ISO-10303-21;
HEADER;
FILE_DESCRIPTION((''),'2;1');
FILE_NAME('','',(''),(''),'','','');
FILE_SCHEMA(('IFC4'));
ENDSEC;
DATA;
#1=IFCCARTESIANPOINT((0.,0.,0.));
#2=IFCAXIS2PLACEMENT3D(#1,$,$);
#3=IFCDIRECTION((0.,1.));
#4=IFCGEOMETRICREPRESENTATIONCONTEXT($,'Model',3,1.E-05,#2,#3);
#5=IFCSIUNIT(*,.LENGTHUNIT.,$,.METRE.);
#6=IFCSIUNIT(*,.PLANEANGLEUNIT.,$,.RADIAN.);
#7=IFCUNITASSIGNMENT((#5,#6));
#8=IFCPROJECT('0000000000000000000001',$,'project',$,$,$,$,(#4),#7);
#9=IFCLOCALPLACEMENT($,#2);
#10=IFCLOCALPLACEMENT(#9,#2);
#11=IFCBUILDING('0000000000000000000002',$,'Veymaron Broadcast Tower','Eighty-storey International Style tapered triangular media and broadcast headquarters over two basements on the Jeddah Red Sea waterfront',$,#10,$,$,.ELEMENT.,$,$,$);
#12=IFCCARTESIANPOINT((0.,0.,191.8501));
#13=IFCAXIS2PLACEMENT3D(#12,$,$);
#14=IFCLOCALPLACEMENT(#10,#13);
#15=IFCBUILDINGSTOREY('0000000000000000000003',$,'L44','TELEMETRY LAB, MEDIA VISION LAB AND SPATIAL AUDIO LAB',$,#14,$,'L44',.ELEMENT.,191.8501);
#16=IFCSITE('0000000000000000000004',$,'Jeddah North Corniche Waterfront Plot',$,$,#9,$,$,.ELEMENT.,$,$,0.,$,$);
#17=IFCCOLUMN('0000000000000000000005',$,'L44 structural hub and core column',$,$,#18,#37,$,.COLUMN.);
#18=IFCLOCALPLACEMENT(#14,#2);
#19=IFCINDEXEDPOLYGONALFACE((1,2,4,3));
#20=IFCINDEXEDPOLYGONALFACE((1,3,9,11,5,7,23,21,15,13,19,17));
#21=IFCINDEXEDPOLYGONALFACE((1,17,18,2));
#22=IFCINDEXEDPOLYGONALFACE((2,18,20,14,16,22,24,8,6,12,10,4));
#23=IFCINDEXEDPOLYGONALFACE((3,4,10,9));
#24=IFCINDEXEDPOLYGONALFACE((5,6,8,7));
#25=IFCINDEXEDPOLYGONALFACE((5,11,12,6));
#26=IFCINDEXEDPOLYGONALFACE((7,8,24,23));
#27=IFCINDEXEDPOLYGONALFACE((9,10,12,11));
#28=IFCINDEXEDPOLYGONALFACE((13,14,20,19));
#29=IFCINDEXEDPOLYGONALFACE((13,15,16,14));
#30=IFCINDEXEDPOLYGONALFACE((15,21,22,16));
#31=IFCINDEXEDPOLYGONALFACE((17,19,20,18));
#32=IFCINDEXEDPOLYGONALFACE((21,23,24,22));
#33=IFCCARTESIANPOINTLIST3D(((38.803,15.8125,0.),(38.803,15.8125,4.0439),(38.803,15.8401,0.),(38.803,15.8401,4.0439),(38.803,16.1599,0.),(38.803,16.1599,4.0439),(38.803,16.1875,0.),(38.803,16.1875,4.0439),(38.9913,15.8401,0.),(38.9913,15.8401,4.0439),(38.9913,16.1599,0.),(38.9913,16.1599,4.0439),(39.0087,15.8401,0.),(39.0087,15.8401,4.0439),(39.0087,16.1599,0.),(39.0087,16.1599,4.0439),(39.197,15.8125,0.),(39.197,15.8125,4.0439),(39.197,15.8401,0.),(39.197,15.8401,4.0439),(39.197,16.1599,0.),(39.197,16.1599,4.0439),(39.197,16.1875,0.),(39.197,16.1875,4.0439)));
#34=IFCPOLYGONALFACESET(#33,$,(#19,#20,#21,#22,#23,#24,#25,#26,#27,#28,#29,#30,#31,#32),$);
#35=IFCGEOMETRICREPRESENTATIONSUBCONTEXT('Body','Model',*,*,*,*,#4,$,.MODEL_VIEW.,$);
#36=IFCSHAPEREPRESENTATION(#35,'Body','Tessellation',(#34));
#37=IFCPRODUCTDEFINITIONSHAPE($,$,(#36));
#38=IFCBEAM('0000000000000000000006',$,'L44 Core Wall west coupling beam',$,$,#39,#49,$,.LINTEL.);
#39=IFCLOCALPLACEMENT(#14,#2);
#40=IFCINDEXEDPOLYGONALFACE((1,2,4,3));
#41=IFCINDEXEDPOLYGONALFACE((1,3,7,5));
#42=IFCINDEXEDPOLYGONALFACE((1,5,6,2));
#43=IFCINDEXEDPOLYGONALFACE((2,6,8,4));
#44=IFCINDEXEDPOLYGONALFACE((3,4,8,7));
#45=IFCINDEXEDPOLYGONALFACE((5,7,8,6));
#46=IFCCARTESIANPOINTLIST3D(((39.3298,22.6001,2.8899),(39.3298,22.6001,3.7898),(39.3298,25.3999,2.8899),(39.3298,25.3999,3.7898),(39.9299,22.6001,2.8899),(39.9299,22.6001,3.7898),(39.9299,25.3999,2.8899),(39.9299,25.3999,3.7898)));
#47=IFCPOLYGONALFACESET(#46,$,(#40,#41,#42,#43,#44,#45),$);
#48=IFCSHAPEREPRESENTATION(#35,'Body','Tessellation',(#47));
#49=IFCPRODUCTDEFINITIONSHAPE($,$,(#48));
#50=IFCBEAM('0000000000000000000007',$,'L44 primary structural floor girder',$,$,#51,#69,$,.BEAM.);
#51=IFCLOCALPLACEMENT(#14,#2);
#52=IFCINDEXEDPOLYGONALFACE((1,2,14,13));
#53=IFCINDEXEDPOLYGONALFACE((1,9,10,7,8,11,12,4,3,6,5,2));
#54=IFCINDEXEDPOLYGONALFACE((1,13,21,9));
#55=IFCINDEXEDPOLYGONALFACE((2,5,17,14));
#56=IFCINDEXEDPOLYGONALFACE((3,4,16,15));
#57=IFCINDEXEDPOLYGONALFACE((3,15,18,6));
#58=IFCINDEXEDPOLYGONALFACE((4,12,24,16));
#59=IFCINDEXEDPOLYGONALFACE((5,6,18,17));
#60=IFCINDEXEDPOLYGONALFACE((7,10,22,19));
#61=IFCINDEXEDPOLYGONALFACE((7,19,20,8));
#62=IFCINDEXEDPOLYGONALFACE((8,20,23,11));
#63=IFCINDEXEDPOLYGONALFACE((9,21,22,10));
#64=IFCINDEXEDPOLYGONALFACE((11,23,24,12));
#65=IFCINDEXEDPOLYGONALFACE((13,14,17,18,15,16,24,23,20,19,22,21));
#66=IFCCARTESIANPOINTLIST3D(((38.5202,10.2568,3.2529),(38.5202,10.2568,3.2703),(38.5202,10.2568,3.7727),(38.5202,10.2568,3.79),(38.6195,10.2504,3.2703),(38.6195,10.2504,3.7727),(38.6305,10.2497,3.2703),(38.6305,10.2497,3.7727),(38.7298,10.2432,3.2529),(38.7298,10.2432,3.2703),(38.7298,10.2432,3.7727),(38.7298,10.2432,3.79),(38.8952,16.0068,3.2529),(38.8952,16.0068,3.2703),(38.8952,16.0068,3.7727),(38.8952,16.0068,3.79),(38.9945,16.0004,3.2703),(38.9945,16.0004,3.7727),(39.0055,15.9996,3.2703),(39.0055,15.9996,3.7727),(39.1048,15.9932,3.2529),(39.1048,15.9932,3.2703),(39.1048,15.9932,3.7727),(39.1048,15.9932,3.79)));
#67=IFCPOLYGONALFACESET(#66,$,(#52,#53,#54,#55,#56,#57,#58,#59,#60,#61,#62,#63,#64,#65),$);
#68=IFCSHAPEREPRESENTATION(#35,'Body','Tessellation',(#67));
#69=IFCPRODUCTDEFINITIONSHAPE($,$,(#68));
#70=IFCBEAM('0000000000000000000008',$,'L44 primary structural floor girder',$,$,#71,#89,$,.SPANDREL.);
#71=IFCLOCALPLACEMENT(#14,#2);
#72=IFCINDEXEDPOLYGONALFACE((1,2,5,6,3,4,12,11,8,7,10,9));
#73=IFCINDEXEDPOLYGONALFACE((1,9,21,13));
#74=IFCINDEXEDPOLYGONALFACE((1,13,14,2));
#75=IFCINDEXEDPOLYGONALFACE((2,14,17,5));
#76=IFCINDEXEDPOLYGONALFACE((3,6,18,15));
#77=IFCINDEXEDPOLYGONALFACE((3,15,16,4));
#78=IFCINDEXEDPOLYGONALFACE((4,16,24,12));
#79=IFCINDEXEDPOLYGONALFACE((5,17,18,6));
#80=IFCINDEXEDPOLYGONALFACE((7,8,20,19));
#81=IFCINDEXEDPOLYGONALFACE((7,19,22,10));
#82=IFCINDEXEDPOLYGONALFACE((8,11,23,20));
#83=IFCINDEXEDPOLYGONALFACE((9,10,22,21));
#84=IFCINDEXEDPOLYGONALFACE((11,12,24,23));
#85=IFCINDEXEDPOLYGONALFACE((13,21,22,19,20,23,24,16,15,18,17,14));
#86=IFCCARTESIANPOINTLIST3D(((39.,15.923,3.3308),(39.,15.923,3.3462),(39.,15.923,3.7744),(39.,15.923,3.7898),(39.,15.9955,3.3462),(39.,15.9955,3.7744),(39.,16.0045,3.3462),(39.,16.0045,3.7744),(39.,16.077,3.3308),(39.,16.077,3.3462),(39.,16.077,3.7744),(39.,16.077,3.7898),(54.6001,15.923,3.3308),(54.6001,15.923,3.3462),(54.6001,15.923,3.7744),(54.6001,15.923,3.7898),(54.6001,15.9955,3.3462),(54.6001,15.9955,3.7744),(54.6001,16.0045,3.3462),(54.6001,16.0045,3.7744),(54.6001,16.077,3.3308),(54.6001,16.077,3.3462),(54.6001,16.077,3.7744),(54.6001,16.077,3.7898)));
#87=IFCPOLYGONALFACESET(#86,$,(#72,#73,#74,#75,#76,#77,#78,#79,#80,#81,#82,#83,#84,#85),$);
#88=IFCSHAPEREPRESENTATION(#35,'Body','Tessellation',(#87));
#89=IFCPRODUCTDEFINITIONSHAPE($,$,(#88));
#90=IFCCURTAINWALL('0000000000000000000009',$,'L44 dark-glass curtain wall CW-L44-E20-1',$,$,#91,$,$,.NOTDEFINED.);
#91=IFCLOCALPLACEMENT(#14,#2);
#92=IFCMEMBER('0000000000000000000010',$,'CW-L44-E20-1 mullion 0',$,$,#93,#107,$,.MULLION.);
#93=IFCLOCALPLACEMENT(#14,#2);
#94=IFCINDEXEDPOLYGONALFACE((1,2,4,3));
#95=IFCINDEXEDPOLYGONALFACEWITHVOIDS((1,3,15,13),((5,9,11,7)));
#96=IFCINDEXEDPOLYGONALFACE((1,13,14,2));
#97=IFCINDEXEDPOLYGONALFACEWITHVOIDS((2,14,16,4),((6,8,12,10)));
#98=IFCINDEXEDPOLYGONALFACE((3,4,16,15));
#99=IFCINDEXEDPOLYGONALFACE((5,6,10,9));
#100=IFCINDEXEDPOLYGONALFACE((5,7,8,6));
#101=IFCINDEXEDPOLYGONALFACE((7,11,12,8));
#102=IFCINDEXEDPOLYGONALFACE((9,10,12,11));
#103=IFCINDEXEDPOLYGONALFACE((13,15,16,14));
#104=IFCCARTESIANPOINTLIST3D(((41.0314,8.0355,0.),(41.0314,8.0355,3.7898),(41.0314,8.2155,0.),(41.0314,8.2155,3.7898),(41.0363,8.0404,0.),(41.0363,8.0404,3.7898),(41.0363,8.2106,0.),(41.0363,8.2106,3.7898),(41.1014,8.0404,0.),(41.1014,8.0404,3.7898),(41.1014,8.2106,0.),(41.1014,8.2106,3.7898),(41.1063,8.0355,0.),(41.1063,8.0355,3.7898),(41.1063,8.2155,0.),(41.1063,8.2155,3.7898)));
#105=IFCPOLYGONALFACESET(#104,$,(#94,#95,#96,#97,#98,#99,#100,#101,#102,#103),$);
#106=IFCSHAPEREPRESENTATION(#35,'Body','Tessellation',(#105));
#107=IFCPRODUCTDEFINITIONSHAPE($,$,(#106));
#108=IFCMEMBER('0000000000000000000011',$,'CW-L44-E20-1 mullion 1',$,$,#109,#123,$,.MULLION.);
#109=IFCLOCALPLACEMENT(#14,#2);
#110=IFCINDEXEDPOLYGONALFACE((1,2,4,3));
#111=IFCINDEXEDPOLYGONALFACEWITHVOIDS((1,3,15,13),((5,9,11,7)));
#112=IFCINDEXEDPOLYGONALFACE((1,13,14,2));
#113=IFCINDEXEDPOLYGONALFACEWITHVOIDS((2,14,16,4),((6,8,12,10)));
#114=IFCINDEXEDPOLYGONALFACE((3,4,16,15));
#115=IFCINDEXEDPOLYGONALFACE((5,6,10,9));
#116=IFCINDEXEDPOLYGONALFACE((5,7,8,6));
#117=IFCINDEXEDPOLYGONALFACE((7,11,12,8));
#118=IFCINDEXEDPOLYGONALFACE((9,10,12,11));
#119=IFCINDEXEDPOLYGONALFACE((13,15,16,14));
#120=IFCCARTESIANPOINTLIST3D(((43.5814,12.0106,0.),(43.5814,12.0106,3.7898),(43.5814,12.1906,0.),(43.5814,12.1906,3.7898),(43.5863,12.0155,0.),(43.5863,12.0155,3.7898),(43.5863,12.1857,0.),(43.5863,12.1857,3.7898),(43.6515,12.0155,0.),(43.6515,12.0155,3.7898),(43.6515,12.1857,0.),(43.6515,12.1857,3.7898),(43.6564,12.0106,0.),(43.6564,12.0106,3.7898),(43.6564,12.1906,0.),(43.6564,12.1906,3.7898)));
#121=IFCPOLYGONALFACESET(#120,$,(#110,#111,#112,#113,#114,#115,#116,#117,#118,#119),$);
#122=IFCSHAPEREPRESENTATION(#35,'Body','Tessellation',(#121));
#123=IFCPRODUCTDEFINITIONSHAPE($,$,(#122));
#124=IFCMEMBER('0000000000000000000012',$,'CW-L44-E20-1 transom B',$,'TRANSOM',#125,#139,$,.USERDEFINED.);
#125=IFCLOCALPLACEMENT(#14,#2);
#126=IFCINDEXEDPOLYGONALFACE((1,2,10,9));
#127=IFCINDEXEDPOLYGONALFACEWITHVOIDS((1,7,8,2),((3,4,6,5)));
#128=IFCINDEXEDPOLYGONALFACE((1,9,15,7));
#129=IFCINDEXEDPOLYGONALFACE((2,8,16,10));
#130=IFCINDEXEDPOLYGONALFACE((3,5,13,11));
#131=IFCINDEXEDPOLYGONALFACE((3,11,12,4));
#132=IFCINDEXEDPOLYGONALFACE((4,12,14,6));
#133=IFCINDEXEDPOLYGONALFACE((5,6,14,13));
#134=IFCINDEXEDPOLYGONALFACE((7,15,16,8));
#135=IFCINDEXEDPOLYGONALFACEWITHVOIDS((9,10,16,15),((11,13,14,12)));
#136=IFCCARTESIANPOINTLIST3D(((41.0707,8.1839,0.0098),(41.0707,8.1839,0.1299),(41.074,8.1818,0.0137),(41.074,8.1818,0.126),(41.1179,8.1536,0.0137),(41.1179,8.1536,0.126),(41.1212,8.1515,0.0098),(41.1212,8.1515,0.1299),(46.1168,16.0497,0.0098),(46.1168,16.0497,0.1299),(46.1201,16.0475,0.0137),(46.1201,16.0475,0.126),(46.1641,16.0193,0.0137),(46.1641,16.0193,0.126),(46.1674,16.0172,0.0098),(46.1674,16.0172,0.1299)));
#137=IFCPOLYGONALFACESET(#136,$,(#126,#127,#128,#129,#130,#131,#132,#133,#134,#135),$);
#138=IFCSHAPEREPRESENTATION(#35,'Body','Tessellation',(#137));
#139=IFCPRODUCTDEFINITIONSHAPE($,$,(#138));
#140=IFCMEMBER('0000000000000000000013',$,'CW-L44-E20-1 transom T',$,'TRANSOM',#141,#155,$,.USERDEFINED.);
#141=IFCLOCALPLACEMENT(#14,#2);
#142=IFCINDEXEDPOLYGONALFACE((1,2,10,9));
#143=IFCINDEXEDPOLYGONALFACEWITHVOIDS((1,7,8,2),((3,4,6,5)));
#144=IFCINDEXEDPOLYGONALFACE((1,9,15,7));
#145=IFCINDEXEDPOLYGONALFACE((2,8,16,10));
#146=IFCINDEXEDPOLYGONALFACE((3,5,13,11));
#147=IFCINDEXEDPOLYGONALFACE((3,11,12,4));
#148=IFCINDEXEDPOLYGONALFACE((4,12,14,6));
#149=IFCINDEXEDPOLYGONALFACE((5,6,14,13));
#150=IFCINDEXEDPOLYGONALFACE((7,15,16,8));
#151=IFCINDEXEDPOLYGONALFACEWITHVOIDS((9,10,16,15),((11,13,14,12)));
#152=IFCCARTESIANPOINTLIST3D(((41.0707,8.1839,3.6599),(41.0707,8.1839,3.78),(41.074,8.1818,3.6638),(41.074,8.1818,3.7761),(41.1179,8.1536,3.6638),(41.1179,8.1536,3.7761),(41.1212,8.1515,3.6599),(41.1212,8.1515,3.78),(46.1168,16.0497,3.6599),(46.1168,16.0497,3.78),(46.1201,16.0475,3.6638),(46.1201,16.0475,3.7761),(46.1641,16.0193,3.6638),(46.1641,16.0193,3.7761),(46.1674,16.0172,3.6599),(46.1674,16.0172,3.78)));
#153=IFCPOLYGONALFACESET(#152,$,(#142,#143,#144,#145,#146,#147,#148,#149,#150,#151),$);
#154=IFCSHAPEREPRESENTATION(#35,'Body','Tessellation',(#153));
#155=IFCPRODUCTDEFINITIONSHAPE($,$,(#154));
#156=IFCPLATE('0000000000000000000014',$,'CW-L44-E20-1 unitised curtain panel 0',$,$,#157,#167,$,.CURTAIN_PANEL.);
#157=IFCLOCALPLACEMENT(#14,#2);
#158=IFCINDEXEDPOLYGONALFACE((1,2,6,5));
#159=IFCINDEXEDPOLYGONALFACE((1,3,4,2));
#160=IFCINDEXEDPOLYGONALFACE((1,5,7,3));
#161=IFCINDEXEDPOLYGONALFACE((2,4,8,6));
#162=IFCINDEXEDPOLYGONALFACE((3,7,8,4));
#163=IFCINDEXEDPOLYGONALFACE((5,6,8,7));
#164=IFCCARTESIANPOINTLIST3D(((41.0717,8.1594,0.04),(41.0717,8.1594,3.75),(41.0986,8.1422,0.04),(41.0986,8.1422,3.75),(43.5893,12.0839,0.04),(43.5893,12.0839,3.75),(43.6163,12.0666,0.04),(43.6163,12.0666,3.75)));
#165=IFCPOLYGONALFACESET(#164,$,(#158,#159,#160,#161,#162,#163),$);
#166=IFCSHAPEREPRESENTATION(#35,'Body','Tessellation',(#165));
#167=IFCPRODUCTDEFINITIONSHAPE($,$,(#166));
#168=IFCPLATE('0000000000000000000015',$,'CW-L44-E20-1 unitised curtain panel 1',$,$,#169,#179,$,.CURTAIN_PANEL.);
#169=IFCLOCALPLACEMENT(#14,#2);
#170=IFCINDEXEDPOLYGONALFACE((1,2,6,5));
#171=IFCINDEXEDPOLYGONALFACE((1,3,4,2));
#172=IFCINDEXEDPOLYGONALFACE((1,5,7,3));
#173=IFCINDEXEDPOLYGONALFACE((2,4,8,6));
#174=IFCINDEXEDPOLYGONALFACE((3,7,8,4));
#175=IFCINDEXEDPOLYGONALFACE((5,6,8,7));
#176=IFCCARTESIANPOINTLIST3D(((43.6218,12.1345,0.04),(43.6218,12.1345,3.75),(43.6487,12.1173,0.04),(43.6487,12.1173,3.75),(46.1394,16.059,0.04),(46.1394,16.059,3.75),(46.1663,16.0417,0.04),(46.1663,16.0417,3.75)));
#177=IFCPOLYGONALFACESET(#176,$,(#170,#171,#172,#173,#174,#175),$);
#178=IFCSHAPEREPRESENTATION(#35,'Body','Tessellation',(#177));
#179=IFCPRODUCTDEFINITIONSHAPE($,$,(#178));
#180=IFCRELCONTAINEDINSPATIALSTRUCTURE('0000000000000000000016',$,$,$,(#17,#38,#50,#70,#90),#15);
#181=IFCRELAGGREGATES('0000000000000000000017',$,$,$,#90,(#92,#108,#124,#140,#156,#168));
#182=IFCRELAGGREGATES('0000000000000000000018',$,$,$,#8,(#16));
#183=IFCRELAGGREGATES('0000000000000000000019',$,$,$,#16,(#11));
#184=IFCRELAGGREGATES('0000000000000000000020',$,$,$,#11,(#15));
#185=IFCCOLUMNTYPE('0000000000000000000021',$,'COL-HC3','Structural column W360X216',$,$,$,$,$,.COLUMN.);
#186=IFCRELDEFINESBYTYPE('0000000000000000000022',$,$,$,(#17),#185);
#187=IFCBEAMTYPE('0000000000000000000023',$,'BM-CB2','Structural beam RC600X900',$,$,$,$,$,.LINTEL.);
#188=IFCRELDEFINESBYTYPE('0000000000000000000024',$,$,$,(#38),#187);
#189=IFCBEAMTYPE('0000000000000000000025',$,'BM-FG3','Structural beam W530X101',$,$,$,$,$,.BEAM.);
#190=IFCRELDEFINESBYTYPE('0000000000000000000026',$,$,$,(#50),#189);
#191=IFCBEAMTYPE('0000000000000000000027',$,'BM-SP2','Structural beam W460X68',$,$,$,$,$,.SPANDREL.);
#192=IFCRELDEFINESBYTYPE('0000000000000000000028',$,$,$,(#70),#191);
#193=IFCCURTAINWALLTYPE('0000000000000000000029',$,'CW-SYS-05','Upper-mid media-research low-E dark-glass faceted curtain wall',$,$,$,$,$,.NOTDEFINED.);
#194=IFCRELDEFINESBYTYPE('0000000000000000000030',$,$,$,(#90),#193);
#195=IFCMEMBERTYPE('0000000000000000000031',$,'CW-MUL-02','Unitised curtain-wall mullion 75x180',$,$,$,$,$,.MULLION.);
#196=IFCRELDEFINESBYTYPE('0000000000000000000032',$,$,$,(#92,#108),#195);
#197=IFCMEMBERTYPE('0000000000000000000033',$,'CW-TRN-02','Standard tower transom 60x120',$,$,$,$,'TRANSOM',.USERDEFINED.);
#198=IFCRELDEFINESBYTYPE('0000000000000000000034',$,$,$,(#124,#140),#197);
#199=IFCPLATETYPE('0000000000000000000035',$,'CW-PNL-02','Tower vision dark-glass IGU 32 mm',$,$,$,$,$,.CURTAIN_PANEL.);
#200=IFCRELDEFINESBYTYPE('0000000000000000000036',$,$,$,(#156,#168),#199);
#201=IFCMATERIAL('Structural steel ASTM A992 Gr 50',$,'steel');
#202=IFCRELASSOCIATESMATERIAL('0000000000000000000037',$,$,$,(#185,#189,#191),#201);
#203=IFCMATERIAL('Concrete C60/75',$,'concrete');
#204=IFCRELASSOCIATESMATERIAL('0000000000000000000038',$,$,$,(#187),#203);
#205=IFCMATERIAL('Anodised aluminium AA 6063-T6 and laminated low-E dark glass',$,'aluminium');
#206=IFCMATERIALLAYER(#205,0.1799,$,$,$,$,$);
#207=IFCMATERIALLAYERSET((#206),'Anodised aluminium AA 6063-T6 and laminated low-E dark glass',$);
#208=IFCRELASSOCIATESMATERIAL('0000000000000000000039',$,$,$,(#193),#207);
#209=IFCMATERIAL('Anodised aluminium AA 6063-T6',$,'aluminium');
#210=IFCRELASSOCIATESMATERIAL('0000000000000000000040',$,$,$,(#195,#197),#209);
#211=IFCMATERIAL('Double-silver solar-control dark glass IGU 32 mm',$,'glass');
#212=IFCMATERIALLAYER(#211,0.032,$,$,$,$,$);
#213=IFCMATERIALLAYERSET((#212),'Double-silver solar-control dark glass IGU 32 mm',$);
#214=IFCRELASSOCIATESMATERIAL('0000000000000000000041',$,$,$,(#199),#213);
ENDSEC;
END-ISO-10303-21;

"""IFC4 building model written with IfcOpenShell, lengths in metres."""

from ifc_helpers import new_model, si_unit, direction, frame, origin, origin_2d, place, context, subcontext, project, spatial, rectangle, hollow_rectangle, i_section, extrude, material, layer, layer_set, material_profile, profile_set, type_object, element, aggregate, save


model = new_model("IFC4")

# Units and contexts
model_context = context("Model", 3, precision=1e-05, world=origin(), true_north=direction((0.0, 1.0)))
body_context = subcontext(model_context, "Body", "Model", "MODEL_VIEW")
ifc_project = project(units=[si_unit("LENGTHUNIT", "METRE"), si_unit("PLANEANGLEUNIT", "RADIAN")], contexts=[model_context])

# Site, building, storey
site_placement = place(None, origin())
site = spatial("IfcSite", under=ifc_project, at=site_placement, Name="Jeddah North Corniche Waterfront Plot", CompositionType="ELEMENT", RefElevation=0.0)
building_placement = place(site_placement, origin())
building = spatial("IfcBuilding", under=site, at=building_placement, Name="Veymaron Broadcast Tower", Description="Eighty-storey International Style tapered triangular media and broadcast headquarters over two basements on the Jeddah Red Sea waterfront", CompositionType="ELEMENT")
storey_placement = place(building_placement, frame((0.0, 0.0, 191.8501)))
storey = spatial("IfcBuildingStorey", under=building, at=storey_placement, Name="L44", Description="TELEMETRY LAB, MEDIA VISION LAB AND SPATIAL AUDIO LAB", LongName="L44", CompositionType="ELEMENT", Elevation=191.8501)

# Column
ifc_material_1 = material(Name="Structural steel ASTM A992 Gr 50", Category="steel")
ifc_material_profile_1 = material_profile(ifc_material_1, i_section(OverallWidth=0.394, OverallDepth=0.375, WebThickness=0.0173, FlangeThickness=0.0276, at=origin_2d()), Name="W360X216")
ifc_profile_set_1 = profile_set([ifc_material_profile_1], Name="Structural steel ASTM A992 Gr 50")
column_type = type_object("IfcColumnType", Name="COL-HC3", Description="Structural column W360X216", PredefinedType="COLUMN", material=ifc_profile_set_1)
column_placement = place(storey_placement, frame((39.0, 16.0, 0.0), z_axis=(0.0, 0.0, 1.0), x_axis=(1.0, 0.0, 0.0)))
element("IfcColumn", 1, at=column_placement, inside=storey, type_object=column_type, Name="L44 structural hub and core column", PredefinedType="COLUMN", context=body_context, shape_type="SweptSolid", body=[
    extrude(i_section(OverallWidth=0.394, OverallDepth=0.375, WebThickness=0.0173, FlangeThickness=0.0276, at=origin_2d()), origin(), (0.0, 0.0, 1.0), 4.0439),
])

# Beams
ifc_material_2 = material(Name="Concrete C60/75", Category="concrete")
ifc_material_profile_2 = material_profile(ifc_material_2, rectangle(XDim=0.6001, YDim=0.8999, at=origin_2d()), Name="RC600X900")
ifc_profile_set_2 = profile_set([ifc_material_profile_2], Name="Concrete C60/75")
beam_type_1 = type_object("IfcBeamType", Name="BM-CB2", Description="Structural beam RC600X900", PredefinedType="LINTEL", material=ifc_profile_set_2)
beam_1_placement = place(storey_placement, frame((39.6299, 22.6001, 3.3398), z_axis=(0.0, 1.0, 0.0), x_axis=(-1.0, 0.0, 0.0)))
element("IfcBeam", 2, at=beam_1_placement, inside=storey, type_object=beam_type_1, Name="L44 Core Wall west coupling beam", PredefinedType="LINTEL", context=body_context, shape_type="SweptSolid", body=[
    extrude(rectangle(XDim=0.6001, YDim=0.8999, at=origin_2d()), origin(), (0.0, 0.0, 1.0), 2.7998),
])
ifc_material_profile_3 = material_profile(ifc_material_1, i_section(OverallWidth=0.21, OverallDepth=0.5371, WebThickness=0.011, FlangeThickness=0.0173, at=origin_2d()), Name="W530X101")
ifc_profile_set_3 = profile_set([ifc_material_profile_3], Name="Structural steel ASTM A992 Gr 50")
beam_type_2 = type_object("IfcBeamType", Name="BM-FG3", Description="Structural beam W530X101", PredefinedType="BEAM", material=ifc_profile_set_3)
beam_2_placement = place(storey_placement, frame((39.0, 16.0, 3.5215), z_axis=(-0.065079, -0.99788, 0.0), x_axis=(0.99788, -0.065079, 0.0)))
element("IfcBeam", 3, at=beam_2_placement, inside=storey, type_object=beam_type_2, Name="L44 primary structural floor girder", PredefinedType="BEAM", context=body_context, shape_type="SweptSolid", body=[
    extrude(i_section(OverallWidth=0.21, OverallDepth=0.5371, WebThickness=0.011, FlangeThickness=0.0173, at=origin_2d()), origin(), (0.0, 0.0, 1.0), 5.7622),
])
ifc_material_profile_4 = material_profile(ifc_material_1, i_section(OverallWidth=0.1541, OverallDepth=0.459, WebThickness=0.009, FlangeThickness=0.0154, at=origin_2d()), Name="W460X68")
ifc_profile_set_4 = profile_set([ifc_material_profile_4], Name="Structural steel ASTM A992 Gr 50")
beam_type_3 = type_object("IfcBeamType", Name="BM-SP2", Description="Structural beam W460X68", PredefinedType="SPANDREL", material=ifc_profile_set_4)
beam_3_placement = place(storey_placement, frame((39.0, 16.0, 3.5603), z_axis=(1.0, 0.0, 0.0), x_axis=(0.0, 1.0, 0.0)))
element("IfcBeam", 4, at=beam_3_placement, inside=storey, type_object=beam_type_3, Name="L44 primary structural floor girder", PredefinedType="SPANDREL", context=body_context, shape_type="SweptSolid", body=[
    extrude(i_section(OverallWidth=0.1541, OverallDepth=0.459, WebThickness=0.009, FlangeThickness=0.0154, at=origin_2d()), origin(), (0.0, 0.0, 1.0), 15.6001),
])

# Curtain wall, members, plates
ifc_material_3 = material(Name="Anodised aluminium AA 6063-T6 and laminated low-E dark glass", Category="aluminium")
ifc_layer_1 = layer(ifc_material_3, 0.1799)
ifc_layer_set_1 = layer_set([ifc_layer_1], Name="Anodised aluminium AA 6063-T6 and laminated low-E dark glass")
curtain_wall_type = type_object("IfcCurtainWallType", Name="CW-SYS-05", Description="Upper-mid media-research low-E dark-glass faceted curtain wall", PredefinedType="NOTDEFINED", material=ifc_layer_set_1)
curtain_wall_placement = place(storey_placement, origin())
curtain_wall = element("IfcCurtainWall", 5, at=curtain_wall_placement, inside=storey, type_object=curtain_wall_type, Name="L44 dark-glass curtain wall CW-L44-E20-1", PredefinedType="NOTDEFINED")
ifc_material_4 = material(Name="Anodised aluminium AA 6063-T6", Category="aluminium")
ifc_material_profile_5 = material_profile(ifc_material_4, hollow_rectangle(XDim=0.075, YDim=0.1799, WallThickness=0.0049, at=origin_2d()), Name="AL180X75X5")
ifc_profile_set_5 = profile_set([ifc_material_profile_5], Name="Anodised aluminium AA 6063-T6")
member_type_1 = type_object("IfcMemberType", Name="CW-MUL-02", Description="Unitised curtain-wall mullion 75x180", PredefinedType="MULLION", material=ifc_profile_set_5)
member_1_placement = place(storey_placement, frame((41.0688, 8.1255, 0.0), z_axis=(0.0, 0.0, 1.0), x_axis=(1.0, 0.0, 0.0)))
member_1 = element("IfcMember", 6, at=member_1_placement, type_object=member_type_1, Name="CW-L44-E20-1 mullion 0", PredefinedType="MULLION", context=body_context, shape_type="SweptSolid", body=[
    extrude(hollow_rectangle(XDim=0.075, YDim=0.1799, WallThickness=0.0049, at=origin_2d()), origin(), (0.0, 0.0, 1.0), 3.7898),
])
member_2_placement = place(storey_placement, frame((43.6189, 12.1006, 0.0), z_axis=(0.0, 0.0, 1.0), x_axis=(1.0, 0.0, 0.0)))
member_2 = element("IfcMember", 7, at=member_2_placement, type_object=member_type_1, Name="CW-L44-E20-1 mullion 1", PredefinedType="MULLION", context=body_context, shape_type="SweptSolid", body=[
    extrude(hollow_rectangle(XDim=0.075, YDim=0.1799, WallThickness=0.0049, at=origin_2d()), origin(), (0.0, 0.0, 1.0), 3.7898),
])
ifc_material_profile_6 = material_profile(ifc_material_4, hollow_rectangle(XDim=0.0601, YDim=0.1201, WallThickness=0.0039, at=origin_2d()), Name="AL120X60X4")
ifc_profile_set_6 = profile_set([ifc_material_profile_6], Name="Anodised aluminium AA 6063-T6")
member_type_2 = type_object("IfcMemberType", Name="CW-TRN-02", Description="Standard tower transom 60x120", ElementType="TRANSOM", PredefinedType="USERDEFINED", material=ifc_profile_set_6)
member_3_placement = place(storey_placement, frame((41.0959, 8.1677, 0.0698), z_axis=(0.53997, 0.841684, 0.0), x_axis=(-0.841684, 0.53997, 0.0)))
member_3 = element("IfcMember", 8, at=member_3_placement, type_object=member_type_2, Name="CW-L44-E20-1 transom B", ObjectType="TRANSOM", PredefinedType="USERDEFINED", context=body_context, shape_type="SweptSolid", body=[
    extrude(hollow_rectangle(XDim=0.0601, YDim=0.1201, WallThickness=0.0039, at=origin_2d()), origin(), (0.0, 0.0, 1.0), 9.3452),
])
member_4_placement = place(storey_placement, frame((41.0959, 8.1677, 3.72), z_axis=(0.53997, 0.841684, 0.0), x_axis=(-0.841684, 0.53997, 0.0)))
member_4 = element("IfcMember", 9, at=member_4_placement, type_object=member_type_2, Name="CW-L44-E20-1 transom T", ObjectType="TRANSOM", PredefinedType="USERDEFINED", context=body_context, shape_type="SweptSolid", body=[
    extrude(hollow_rectangle(XDim=0.0601, YDim=0.1201, WallThickness=0.0039, at=origin_2d()), origin(), (0.0, 0.0, 1.0), 9.3452),
])
ifc_material_5 = material(Name="Double-silver solar-control dark glass IGU 32 mm", Category="glass")
ifc_layer_2 = layer(ifc_material_5, 0.032)
ifc_layer_set_2 = layer_set([ifc_layer_2], Name="Double-silver solar-control dark glass IGU 32 mm")
plate_type = type_object("IfcPlateType", Name="CW-PNL-02", Description="Tower vision dark-glass IGU 32 mm", PredefinedType="CURTAIN_PANEL", material=ifc_layer_set_2)
plate_1_placement = place(storey_placement, frame((42.344, 10.113, 0.04), z_axis=(0.0, 0.0, 1.0), x_axis=(0.539961, 0.84169, 0.0)))
plate_1 = element("IfcPlate", 10, at=plate_1_placement, type_object=plate_type, Name="CW-L44-E20-1 unitised curtain panel 0", PredefinedType="CURTAIN_PANEL", context=body_context, shape_type="SweptSolid", body=[
    extrude(rectangle(XDim=4.6626, YDim=0.032, at=origin_2d()), origin(), (0.0, 0.0, 1.0), 3.71),
])
plate_2_placement = place(storey_placement, frame((44.894, 14.0881, 0.04), z_axis=(0.0, 0.0, 1.0), x_axis=(0.539961, 0.84169, 0.0)))
plate_2 = element("IfcPlate", 11, at=plate_2_placement, type_object=plate_type, Name="CW-L44-E20-1 unitised curtain panel 1", PredefinedType="CURTAIN_PANEL", context=body_context, shape_type="SweptSolid", body=[
    extrude(rectangle(XDim=4.6626, YDim=0.032, at=origin_2d()), origin(), (0.0, 0.0, 1.0), 3.71),
])
aggregate(curtain_wall, [member_1, member_2, member_3, member_4, plate_1, plate_2])

save(model, "model.ifc")
